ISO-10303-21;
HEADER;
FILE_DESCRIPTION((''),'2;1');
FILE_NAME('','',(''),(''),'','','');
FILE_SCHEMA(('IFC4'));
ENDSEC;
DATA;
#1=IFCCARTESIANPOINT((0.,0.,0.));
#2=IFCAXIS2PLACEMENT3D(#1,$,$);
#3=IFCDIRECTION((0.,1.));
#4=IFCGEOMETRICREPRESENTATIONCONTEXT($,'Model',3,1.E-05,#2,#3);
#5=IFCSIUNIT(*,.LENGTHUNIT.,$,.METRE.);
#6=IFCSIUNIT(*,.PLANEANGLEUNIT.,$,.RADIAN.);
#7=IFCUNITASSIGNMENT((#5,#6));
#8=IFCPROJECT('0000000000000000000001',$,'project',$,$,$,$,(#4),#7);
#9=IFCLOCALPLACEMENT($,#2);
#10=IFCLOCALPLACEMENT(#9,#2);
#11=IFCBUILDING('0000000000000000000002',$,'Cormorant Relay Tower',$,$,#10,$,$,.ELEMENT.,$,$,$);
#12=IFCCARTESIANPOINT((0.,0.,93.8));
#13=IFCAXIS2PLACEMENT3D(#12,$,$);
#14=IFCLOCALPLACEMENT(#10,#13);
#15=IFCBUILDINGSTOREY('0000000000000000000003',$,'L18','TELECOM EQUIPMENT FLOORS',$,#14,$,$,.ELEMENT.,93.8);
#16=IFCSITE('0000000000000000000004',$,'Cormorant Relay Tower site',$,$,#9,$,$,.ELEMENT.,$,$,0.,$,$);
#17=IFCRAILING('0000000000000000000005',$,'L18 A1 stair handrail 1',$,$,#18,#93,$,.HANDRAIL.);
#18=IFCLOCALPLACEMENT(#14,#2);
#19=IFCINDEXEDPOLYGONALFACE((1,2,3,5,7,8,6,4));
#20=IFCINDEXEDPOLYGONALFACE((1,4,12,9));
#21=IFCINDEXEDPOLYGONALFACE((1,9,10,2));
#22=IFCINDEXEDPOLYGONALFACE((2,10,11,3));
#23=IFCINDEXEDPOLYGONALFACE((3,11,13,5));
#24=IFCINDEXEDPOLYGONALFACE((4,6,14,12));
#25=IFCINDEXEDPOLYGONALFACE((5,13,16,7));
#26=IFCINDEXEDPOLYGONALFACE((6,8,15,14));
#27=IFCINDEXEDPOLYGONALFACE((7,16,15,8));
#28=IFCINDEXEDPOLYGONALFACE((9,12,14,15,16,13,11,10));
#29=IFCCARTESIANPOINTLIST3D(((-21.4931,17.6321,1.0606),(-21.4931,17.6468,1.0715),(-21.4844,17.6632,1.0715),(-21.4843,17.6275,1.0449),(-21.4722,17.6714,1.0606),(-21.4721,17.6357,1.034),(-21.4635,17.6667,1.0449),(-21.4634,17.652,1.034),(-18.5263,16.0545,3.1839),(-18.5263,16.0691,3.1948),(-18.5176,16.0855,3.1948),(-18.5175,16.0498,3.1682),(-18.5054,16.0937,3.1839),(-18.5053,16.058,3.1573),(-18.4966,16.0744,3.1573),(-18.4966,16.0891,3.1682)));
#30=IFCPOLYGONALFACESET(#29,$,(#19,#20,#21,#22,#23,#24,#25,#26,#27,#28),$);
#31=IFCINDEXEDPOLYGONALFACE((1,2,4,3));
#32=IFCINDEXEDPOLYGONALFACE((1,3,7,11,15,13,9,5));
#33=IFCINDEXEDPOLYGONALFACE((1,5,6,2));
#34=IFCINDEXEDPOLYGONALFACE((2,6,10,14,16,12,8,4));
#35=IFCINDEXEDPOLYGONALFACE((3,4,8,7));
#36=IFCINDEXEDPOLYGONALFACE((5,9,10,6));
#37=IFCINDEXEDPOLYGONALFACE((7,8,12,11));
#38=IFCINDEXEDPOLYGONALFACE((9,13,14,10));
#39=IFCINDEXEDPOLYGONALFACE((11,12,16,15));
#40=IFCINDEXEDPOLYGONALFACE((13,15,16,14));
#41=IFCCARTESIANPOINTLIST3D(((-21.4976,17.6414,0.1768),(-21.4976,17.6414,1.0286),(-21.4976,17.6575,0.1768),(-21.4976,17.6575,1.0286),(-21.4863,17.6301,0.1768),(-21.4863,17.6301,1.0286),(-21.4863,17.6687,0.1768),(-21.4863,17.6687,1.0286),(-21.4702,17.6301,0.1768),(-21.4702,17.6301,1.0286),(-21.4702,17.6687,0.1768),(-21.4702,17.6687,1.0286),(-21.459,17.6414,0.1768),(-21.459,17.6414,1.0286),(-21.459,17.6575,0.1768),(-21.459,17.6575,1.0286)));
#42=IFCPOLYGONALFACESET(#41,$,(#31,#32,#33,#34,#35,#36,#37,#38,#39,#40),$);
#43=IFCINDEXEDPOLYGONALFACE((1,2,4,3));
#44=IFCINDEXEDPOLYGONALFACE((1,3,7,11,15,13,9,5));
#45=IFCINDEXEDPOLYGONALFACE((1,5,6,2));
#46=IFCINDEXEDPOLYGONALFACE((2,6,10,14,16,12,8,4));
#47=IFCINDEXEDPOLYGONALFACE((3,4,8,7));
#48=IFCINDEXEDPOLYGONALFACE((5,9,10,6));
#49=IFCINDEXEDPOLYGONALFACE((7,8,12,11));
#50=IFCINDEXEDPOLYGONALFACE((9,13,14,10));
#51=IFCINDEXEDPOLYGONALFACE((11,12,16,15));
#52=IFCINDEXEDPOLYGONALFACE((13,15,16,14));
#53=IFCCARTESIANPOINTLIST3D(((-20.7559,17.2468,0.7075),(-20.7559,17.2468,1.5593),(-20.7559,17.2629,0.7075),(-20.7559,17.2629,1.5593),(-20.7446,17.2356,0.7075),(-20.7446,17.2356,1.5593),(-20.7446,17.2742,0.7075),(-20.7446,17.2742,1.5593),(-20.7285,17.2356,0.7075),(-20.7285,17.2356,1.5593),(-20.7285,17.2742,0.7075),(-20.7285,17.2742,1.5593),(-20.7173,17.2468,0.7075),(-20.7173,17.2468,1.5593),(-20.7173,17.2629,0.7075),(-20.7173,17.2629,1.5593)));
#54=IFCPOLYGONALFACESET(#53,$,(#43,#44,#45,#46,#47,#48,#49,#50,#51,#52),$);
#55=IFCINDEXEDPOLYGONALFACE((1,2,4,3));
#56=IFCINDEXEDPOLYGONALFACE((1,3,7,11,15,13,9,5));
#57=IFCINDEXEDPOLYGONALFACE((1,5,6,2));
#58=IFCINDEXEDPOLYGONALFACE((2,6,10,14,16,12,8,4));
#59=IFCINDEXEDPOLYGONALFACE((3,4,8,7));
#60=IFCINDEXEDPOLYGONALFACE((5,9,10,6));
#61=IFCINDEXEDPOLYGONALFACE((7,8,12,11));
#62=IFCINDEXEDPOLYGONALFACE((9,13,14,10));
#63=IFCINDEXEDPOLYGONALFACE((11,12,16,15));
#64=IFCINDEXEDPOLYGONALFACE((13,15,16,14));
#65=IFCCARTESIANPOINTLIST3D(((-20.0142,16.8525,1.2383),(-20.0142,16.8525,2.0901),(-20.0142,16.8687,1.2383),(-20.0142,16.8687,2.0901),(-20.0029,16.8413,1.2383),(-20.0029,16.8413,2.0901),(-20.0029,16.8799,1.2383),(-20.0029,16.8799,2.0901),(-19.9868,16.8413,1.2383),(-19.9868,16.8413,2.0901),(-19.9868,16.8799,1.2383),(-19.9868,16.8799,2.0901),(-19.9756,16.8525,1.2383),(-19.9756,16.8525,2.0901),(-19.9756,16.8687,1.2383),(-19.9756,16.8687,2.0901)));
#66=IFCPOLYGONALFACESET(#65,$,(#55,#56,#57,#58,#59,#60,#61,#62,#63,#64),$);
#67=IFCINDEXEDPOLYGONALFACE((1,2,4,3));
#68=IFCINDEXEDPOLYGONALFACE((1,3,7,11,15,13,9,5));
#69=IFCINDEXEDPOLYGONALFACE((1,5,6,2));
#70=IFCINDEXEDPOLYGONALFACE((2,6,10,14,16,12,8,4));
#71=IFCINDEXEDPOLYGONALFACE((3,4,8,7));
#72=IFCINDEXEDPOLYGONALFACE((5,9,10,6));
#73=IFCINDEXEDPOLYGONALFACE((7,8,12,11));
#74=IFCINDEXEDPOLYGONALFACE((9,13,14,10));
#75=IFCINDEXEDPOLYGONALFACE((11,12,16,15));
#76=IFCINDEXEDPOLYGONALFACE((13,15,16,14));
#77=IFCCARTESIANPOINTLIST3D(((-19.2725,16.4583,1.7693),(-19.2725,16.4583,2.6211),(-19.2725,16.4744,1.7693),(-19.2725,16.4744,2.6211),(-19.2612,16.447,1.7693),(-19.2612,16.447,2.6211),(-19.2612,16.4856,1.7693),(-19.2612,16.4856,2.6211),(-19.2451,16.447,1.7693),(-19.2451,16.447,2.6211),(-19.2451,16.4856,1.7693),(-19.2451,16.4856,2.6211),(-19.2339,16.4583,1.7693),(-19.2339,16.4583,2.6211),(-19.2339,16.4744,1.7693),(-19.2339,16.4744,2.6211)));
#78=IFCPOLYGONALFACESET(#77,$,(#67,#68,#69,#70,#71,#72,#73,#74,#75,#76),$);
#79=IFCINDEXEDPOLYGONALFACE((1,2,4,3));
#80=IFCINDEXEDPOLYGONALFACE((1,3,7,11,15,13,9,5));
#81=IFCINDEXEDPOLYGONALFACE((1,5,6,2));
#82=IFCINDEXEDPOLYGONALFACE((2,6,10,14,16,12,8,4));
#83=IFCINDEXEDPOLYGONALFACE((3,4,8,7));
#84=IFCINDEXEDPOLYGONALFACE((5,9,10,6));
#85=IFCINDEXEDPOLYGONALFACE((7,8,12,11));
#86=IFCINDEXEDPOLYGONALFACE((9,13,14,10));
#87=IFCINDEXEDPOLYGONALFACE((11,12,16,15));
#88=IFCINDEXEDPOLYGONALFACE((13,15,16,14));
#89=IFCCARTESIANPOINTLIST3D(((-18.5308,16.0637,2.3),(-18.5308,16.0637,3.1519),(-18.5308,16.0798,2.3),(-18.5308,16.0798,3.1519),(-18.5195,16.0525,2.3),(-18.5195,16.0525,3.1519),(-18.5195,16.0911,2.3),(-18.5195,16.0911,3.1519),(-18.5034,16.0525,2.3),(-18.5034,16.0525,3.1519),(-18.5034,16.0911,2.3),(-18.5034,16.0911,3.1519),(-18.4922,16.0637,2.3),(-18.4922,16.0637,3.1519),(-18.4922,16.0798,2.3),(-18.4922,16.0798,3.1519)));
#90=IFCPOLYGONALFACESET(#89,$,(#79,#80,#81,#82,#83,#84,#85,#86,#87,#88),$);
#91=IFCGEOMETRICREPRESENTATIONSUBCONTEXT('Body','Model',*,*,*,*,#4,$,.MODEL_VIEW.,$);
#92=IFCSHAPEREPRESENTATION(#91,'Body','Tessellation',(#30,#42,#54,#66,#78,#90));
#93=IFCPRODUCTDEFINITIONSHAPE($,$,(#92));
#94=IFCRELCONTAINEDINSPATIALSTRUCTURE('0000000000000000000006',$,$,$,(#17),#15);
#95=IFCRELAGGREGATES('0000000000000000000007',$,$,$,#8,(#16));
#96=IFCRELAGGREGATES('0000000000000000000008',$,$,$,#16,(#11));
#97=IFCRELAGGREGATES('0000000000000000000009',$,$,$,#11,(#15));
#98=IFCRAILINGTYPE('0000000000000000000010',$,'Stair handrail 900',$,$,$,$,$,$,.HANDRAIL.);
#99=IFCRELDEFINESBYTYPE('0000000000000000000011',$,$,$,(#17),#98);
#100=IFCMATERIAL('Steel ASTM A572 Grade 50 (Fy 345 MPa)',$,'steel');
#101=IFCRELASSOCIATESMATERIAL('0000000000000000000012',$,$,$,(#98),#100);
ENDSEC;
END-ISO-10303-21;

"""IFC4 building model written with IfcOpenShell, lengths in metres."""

from ifc_helpers import new_model, si_unit, direction, frame, origin, place, context, subcontext, project, spatial, polyline, outline, extrude, material, type_object, element, save


model = new_model("IFC4")

# Units and contexts
model_context = context("Model", 3, precision=1e-05, world=origin(), true_north=direction((0.0, 1.0)))
body_context = subcontext(model_context, "Body", "Model", "MODEL_VIEW")
ifc_project = project(units=[si_unit("LENGTHUNIT", "METRE"), si_unit("PLANEANGLEUNIT", "RADIAN")], contexts=[model_context])

# Site, building, storey
site_placement = place(None, origin())
site = spatial("IfcSite", under=ifc_project, at=site_placement, Name="Cormorant Relay Tower site", CompositionType="ELEMENT", RefElevation=0.0)
building_placement = place(site_placement, origin())
building = spatial("IfcBuilding", under=site, at=building_placement, Name="Cormorant Relay Tower", CompositionType="ELEMENT")
storey_placement = place(building_placement, frame((0.0, 0.0, 93.8)))
storey = spatial("IfcBuildingStorey", under=building, at=storey_placement, Name="L18", Description="TELECOM EQUIPMENT FLOORS", CompositionType="ELEMENT", Elevation=93.8)

# Railing
ifc_material_1 = material(Name="Steel ASTM A572 Grade 50 (Fy 345 MPa)", Category="steel")
railing_type_1 = type_object("IfcRailingType", Name="Stair handrail 900", PredefinedType="HANDRAIL", material=ifc_material_1)
railing_1_placement = place(storey_placement, frame((-21.4783, 17.6494, 0.1768)))
element("IfcRailing", 1, at=railing_1_placement, inside=storey, type_object=railing_type_1, Name="L18 A1 stair handrail 1", PredefinedType="HANDRAIL", context=body_context, shape_type="SweptSolid", body=[
    extrude(outline(polyline([(0.0222, 0.0093), (0.0093, 0.0222), (-0.0093, 0.0222), (-0.0222, 0.0093), (-0.0222, -0.0093), (-0.0093, -0.0222), (0.0093, -0.0222), (0.0222, -0.0093), (0.0222, 0.0093)])), frame((0.0, 0.0, 0.876), z_axis=(0.746398, -0.396908, 0.534186), x_axis=(0.469509, 0.882928, 0.0)), (0.0, 0.0, 1.0), 3.9749),
    extrude(outline(polyline([(0.0193, 0.0081), (0.0081, 0.0193), (-0.0081, 0.0193), (-0.0193, 0.0081), (-0.0193, -0.0081), (-0.0081, -0.0193), (0.0081, -0.0193), (0.0193, -0.0081), (0.0193, 0.0081)])), origin(), (0.0, 0.0, 1.0), 0.8518),
    extrude(outline(polyline([(0.0193, 0.0081), (0.0081, 0.0193), (-0.0081, 0.0193), (-0.0193, 0.0081), (-0.0193, -0.0081), (-0.0081, -0.0193), (0.0081, -0.0193), (0.0193, -0.0081), (0.0193, 0.0081)])), frame((0.7417, -0.3945, 0.5308)), (0.0, 0.0, 1.0), 0.8518),
    extrude(outline(polyline([(0.0193, 0.0081), (0.0081, 0.0193), (-0.0081, 0.0193), (-0.0193, 0.0081), (-0.0193, -0.0081), (-0.0081, -0.0193), (0.0081, -0.0193), (0.0193, -0.0081), (0.0193, 0.0081)])), frame((1.4834, -0.7888, 1.0615)), (0.0, 0.0, 1.0), 0.8518),
    extrude(outline(polyline([(0.0193, 0.0081), (0.0081, 0.0193), (-0.0081, 0.0193), (-0.0193, 0.0081), (-0.0193, -0.0081), (-0.0081, -0.0193), (0.0081, -0.0193), (0.0193, -0.0081), (0.0193, 0.0081)])), frame((2.2251, -1.1831, 1.5925)), (0.0, 0.0, 1.0), 0.8518),
    extrude(outline(polyline([(0.0193, 0.0081), (0.0081, 0.0193), (-0.0081, 0.0193), (-0.0193, 0.0081), (-0.0193, -0.0081), (-0.0081, -0.0193), (0.0081, -0.0193), (0.0193, -0.0081), (0.0193, 0.0081)])), frame((2.9668, -1.5776, 2.1233)), (0.0, 0.0, 1.0), 0.8518),
])

save(model, "model.ifc")
